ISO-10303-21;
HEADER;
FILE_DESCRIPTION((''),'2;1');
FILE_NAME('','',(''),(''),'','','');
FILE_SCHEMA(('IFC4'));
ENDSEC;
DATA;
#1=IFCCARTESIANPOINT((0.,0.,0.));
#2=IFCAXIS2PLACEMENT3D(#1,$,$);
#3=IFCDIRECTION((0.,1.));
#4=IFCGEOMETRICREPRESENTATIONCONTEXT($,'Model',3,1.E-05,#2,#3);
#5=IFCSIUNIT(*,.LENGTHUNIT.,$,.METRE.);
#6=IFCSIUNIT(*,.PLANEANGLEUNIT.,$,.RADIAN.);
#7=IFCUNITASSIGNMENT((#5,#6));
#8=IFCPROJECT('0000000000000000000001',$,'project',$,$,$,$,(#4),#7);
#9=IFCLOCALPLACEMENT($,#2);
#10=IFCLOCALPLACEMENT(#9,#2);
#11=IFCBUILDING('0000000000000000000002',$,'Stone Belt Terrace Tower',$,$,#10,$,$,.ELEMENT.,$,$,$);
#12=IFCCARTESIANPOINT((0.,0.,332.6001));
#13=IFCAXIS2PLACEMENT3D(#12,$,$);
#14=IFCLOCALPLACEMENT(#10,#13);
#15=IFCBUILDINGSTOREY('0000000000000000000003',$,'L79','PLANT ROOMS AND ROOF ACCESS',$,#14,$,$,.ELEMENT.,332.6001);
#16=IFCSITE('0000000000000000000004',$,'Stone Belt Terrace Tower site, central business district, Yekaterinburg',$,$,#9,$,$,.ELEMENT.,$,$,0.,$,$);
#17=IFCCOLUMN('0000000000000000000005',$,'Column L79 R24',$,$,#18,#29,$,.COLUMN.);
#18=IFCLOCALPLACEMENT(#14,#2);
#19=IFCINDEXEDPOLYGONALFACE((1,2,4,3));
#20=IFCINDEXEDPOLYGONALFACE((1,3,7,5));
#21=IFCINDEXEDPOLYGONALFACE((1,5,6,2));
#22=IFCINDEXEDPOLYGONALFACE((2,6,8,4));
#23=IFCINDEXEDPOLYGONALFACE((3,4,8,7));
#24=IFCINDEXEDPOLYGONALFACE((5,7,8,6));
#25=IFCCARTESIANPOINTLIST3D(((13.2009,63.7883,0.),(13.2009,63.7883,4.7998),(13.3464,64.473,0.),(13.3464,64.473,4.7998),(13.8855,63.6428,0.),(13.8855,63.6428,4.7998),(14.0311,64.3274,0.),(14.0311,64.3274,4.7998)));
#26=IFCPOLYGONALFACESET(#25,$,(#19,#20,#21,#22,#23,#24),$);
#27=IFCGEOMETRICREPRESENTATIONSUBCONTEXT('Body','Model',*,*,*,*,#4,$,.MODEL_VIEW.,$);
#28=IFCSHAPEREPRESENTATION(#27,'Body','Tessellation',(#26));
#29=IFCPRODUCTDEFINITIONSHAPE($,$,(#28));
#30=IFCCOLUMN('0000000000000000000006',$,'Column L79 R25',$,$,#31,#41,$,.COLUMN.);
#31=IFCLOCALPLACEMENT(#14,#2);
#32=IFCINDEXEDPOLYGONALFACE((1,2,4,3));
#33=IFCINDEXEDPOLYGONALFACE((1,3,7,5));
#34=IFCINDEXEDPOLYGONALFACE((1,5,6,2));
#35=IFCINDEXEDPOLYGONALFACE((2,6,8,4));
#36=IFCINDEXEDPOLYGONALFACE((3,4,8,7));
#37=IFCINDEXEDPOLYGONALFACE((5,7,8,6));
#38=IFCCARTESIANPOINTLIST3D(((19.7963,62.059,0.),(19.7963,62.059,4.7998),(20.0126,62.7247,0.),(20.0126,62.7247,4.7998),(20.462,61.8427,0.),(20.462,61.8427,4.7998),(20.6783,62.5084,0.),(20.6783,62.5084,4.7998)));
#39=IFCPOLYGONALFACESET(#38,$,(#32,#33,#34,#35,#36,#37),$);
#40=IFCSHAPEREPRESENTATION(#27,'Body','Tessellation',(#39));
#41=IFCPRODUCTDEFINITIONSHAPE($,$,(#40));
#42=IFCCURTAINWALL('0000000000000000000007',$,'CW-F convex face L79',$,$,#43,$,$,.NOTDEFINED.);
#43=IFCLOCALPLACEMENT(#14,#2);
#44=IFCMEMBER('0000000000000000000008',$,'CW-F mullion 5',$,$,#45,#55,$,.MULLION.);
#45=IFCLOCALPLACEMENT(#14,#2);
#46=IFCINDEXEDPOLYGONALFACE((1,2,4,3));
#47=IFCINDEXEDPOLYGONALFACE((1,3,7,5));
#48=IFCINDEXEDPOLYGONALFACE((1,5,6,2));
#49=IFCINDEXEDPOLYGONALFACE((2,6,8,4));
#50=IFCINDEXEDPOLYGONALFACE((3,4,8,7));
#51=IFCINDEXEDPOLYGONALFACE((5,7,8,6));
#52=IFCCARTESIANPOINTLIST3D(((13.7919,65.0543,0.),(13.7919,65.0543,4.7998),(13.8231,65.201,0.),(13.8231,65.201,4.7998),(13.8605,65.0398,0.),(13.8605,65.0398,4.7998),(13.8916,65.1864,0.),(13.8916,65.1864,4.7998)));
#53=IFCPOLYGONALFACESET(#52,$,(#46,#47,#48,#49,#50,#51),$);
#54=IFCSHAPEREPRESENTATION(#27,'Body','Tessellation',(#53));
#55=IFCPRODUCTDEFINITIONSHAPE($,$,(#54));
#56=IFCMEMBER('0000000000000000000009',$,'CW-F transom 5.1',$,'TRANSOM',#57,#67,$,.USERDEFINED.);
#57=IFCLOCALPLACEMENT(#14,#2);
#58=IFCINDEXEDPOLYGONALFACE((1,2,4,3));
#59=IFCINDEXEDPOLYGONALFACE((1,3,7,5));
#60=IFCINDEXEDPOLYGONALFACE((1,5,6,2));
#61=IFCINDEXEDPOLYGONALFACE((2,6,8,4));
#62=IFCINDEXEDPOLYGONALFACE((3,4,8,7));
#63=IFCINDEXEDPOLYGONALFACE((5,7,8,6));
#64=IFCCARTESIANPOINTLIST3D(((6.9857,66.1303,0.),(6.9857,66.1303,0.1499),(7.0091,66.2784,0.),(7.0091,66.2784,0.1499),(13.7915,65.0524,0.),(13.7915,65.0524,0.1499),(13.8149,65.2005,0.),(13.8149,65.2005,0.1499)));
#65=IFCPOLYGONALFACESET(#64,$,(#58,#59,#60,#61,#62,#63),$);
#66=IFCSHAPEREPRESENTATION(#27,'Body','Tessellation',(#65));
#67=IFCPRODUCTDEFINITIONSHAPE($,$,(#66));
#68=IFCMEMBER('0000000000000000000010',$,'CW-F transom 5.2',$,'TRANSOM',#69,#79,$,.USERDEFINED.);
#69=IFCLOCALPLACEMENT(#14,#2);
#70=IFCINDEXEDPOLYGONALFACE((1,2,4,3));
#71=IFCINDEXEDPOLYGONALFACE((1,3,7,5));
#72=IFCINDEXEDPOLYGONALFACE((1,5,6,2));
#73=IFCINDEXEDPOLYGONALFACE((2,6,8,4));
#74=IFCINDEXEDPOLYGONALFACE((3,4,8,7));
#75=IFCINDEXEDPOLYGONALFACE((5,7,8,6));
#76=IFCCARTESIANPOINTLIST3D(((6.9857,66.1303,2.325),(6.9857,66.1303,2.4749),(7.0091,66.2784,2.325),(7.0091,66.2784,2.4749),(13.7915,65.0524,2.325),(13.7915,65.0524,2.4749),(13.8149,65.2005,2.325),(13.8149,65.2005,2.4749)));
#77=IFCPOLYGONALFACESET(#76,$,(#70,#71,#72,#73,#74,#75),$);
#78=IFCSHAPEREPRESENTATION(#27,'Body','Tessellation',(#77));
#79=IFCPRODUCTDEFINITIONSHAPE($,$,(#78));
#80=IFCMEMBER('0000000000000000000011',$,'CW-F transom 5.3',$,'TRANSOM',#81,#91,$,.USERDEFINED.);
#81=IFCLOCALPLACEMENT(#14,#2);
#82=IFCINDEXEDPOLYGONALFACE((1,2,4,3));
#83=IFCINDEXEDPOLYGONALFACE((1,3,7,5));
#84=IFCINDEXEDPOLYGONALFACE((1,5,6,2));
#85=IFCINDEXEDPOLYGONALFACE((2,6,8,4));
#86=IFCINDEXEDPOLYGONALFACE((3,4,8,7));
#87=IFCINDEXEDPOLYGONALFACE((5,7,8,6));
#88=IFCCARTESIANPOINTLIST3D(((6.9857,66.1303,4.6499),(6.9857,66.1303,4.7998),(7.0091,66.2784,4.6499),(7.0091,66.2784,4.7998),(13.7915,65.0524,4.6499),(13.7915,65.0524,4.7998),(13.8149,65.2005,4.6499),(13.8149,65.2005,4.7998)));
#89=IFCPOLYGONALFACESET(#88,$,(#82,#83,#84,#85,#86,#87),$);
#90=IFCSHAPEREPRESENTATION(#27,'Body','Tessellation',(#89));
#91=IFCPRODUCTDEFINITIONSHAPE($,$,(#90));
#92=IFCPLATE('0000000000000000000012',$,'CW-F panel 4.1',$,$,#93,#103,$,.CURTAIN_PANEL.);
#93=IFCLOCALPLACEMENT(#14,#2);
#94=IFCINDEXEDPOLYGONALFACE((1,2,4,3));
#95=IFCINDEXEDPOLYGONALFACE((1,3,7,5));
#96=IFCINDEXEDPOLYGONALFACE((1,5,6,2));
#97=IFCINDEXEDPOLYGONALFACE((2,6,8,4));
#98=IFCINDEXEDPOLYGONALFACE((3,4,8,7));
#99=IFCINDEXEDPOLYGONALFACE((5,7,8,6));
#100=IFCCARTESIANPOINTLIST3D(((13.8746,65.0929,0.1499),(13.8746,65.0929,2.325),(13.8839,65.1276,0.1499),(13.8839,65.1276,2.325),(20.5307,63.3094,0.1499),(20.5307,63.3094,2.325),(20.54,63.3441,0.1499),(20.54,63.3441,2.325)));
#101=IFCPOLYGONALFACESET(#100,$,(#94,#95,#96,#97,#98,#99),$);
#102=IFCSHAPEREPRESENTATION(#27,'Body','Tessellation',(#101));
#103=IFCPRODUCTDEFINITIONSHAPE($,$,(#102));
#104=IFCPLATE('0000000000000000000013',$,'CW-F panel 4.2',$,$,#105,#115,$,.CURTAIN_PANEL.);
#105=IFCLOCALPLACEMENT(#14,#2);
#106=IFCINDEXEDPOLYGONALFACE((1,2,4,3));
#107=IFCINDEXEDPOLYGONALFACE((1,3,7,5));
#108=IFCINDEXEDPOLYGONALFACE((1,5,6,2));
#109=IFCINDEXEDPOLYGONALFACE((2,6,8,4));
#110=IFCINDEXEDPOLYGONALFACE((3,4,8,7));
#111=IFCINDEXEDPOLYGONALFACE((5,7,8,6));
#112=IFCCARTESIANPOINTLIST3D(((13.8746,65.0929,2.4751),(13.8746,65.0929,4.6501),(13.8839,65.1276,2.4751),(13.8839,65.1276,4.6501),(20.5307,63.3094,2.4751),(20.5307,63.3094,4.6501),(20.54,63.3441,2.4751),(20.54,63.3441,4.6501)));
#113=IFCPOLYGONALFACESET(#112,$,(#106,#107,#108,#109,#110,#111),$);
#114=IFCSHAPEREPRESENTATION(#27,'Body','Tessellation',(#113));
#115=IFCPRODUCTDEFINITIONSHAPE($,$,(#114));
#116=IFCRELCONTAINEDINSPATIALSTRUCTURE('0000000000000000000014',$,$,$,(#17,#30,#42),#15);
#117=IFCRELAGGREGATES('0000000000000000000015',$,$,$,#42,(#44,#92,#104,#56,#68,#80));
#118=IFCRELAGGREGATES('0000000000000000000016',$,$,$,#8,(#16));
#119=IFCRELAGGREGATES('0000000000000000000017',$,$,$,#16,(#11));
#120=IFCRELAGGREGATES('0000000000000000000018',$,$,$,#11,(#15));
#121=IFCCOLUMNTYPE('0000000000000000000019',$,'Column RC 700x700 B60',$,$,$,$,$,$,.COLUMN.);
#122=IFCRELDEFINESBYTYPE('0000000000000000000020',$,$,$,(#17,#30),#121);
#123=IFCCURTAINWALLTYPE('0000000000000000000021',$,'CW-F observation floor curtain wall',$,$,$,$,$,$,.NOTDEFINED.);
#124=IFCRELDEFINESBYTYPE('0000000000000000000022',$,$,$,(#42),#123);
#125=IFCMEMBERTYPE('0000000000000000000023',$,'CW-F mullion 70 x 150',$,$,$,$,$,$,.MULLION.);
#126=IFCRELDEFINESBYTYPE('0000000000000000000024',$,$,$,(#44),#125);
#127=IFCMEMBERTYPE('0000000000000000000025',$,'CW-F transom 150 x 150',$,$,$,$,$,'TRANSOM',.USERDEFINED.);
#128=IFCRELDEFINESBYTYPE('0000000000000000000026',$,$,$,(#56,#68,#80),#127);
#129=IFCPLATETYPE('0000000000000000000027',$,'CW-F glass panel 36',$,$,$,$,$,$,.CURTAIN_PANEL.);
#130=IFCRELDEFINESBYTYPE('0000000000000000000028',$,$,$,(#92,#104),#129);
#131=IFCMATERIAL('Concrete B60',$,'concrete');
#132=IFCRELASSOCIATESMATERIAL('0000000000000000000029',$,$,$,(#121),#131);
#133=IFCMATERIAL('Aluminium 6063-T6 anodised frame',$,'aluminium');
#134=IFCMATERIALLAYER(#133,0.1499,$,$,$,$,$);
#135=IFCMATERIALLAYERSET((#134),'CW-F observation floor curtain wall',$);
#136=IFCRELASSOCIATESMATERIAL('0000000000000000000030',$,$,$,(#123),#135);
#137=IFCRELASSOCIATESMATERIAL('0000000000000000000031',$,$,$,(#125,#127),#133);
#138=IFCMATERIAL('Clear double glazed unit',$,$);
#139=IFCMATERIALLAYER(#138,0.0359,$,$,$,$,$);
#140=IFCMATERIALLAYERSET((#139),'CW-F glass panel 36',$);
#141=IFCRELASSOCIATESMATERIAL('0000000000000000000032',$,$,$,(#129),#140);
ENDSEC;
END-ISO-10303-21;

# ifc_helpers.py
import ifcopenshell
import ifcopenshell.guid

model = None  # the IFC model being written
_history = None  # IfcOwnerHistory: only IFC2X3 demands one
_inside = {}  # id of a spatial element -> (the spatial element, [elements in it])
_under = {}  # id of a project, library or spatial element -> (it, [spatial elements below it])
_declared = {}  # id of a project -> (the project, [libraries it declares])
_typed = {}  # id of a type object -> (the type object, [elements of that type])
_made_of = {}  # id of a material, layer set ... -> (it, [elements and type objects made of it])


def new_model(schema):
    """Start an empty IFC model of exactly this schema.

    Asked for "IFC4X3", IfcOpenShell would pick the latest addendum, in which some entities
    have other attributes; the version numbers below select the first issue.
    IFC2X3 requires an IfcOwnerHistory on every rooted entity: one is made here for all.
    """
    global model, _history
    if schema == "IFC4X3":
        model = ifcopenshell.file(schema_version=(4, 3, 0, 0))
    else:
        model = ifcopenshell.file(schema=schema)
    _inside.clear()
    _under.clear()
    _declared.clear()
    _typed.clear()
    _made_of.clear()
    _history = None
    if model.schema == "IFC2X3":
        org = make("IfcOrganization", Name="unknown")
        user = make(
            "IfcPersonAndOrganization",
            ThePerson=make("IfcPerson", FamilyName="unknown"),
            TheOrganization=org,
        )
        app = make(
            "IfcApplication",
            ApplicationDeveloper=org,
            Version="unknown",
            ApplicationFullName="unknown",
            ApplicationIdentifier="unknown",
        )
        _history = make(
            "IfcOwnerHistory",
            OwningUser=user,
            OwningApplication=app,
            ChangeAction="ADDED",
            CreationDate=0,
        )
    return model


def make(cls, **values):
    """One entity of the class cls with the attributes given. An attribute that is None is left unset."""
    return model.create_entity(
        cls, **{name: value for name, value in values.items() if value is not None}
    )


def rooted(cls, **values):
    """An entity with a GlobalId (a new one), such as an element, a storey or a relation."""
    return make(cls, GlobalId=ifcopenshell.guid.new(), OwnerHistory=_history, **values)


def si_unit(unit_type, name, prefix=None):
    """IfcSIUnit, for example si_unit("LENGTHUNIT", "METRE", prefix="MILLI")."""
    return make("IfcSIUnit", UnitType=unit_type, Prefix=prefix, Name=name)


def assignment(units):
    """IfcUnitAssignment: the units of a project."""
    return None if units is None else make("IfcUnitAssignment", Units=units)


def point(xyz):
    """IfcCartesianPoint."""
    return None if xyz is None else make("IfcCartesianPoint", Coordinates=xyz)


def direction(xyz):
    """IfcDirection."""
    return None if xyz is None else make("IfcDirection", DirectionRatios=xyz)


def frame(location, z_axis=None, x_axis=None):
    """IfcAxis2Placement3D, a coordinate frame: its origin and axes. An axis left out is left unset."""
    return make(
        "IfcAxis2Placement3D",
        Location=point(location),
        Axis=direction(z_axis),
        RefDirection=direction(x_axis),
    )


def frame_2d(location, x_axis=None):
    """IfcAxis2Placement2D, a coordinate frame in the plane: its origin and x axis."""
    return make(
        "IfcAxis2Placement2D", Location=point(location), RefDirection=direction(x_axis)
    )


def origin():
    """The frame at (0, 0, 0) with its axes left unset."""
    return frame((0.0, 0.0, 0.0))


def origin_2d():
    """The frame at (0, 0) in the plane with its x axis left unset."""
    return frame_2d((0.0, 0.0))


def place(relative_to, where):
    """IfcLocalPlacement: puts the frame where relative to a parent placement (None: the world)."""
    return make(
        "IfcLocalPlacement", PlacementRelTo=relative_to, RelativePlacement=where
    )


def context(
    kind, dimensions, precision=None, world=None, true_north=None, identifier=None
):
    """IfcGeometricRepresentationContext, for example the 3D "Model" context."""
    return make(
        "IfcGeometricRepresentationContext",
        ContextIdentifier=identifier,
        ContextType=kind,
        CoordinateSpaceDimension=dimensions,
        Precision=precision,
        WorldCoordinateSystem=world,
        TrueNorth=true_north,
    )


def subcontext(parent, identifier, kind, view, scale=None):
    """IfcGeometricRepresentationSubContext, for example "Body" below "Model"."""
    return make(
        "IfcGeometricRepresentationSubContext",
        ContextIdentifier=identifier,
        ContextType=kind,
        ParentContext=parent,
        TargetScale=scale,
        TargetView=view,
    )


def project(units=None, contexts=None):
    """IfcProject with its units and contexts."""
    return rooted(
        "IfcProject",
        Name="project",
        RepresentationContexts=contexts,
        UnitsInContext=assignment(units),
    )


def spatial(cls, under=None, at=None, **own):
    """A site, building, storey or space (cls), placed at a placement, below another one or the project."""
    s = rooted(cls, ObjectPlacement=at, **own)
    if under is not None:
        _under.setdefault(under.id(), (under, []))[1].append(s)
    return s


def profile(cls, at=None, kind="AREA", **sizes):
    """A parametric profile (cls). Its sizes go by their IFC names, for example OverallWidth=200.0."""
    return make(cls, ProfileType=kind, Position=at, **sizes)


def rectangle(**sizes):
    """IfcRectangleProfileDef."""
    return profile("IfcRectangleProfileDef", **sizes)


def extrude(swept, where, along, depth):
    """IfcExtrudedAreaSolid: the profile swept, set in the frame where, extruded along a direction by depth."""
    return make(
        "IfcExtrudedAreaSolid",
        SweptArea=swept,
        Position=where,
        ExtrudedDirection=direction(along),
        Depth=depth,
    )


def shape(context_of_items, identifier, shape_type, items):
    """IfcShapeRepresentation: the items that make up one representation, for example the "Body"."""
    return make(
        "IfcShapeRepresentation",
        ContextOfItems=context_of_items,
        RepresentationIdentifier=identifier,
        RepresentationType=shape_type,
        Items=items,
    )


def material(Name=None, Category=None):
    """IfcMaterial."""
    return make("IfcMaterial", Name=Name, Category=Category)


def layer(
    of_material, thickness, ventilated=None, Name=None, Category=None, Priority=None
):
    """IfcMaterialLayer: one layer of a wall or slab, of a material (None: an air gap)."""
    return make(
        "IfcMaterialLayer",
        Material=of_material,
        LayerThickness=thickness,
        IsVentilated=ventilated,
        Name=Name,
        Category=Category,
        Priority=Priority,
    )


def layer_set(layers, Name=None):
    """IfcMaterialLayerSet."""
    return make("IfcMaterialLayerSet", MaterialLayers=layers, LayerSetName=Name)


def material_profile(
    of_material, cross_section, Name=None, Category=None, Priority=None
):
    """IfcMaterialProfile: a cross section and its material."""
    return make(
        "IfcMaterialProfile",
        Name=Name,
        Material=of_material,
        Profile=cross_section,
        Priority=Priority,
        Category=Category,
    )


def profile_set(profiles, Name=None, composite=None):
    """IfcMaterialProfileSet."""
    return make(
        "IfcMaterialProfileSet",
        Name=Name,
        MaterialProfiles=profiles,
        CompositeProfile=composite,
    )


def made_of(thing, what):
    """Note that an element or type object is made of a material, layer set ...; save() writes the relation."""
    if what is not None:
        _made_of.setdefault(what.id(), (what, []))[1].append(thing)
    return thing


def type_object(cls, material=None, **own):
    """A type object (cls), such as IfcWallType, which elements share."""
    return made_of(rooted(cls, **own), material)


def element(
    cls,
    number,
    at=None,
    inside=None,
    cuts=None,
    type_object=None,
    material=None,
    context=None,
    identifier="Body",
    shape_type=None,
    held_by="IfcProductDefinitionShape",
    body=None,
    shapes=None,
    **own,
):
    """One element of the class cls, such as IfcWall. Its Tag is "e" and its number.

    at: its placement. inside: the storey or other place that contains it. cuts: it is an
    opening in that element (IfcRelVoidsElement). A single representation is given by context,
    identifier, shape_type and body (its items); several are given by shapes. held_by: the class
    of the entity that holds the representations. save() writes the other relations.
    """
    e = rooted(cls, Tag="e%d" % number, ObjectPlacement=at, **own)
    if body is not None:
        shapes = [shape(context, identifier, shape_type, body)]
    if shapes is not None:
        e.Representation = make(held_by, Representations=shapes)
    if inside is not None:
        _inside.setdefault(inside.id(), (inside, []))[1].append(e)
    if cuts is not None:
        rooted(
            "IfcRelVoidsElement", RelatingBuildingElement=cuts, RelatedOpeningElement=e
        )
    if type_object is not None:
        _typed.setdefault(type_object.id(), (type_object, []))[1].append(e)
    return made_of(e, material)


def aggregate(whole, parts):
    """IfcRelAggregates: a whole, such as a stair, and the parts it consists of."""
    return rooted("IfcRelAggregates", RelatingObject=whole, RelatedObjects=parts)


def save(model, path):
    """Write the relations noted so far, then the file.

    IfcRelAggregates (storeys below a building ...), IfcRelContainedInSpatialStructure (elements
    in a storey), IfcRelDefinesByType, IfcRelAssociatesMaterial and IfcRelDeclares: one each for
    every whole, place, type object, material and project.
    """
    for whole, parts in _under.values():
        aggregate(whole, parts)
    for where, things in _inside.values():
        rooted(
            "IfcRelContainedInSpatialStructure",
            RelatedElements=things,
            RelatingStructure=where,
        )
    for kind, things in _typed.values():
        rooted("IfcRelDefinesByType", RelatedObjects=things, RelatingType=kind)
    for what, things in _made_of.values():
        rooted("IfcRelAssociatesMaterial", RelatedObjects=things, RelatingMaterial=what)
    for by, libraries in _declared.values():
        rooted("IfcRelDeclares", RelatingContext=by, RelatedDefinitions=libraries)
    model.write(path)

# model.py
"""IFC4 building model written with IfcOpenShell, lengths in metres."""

from ifc_helpers import new_model, si_unit, direction, frame, origin, origin_2d, place, context, subcontext, project, spatial, rectangle, extrude, material, layer, layer_set, material_profile, profile_set, type_object, element, aggregate, save


model = new_model("IFC4")

# Units and contexts
model_context = context("Model", 3, precision=1e-05, world=origin(), true_north=direction((0.0, 1.0)))
body_context = subcontext(model_context, "Body", "Model", "MODEL_VIEW")
ifc_project = project(units=[si_unit("LENGTHUNIT", "METRE"), si_unit("PLANEANGLEUNIT", "RADIAN")], contexts=[model_context])

# Site, building, storey
site_placement = place(None, origin())
site = spatial("IfcSite", under=ifc_project, at=site_placement, Name="Stone Belt Terrace Tower site, central business district, Yekaterinburg", CompositionType="ELEMENT", RefElevation=0.0)
building_placement = place(site_placement, origin())
building = spatial("IfcBuilding", under=site, at=building_placement, Name="Stone Belt Terrace Tower", CompositionType="ELEMENT")
storey_placement = place(building_placement, frame((0.0, 0.0, 332.6001)))
storey = spatial("IfcBuildingStorey", under=building, at=storey_placement, Name="L79", Description="PLANT ROOMS AND ROOF ACCESS", CompositionType="ELEMENT", Elevation=332.6001)

# Columns
ifc_material_1 = material(Name="Concrete B60", Category="concrete")
ifc_material_profile_1 = material_profile(ifc_material_1, rectangle(XDim=0.7, YDim=0.7, at=origin_2d()), Name="RC 700x700")
ifc_profile_set_1 = profile_set([ifc_material_profile_1], Name="Concrete B60")
column_type = type_object("IfcColumnType", Name="Column RC 700x700 B60", PredefinedType="COLUMN", material=ifc_profile_set_1)
for number, where, z_axis, x_axis, name in (
    (1, (13.616, 64.0579, 0.0), (0.0, 0.0, 1.0), (0.978148, -0.207912, 0.0), "Column L79 R24"),
    (2, (20.2373, 62.2837, 0.0), (0.0, 0.0, 1.0), (0.951057, -0.309017, 0.0), "Column L79 R25"),
):
    element("IfcColumn", number, at=place(storey_placement, frame(where, z_axis=z_axis, x_axis=x_axis)), inside=storey, type_object=column_type, Name=name, PredefinedType="COLUMN", context=body_context, shape_type="SweptSolid", body=[
        extrude(rectangle(XDim=0.7, YDim=0.7, at=origin_2d()), origin(), (0.0, 0.0, 1.0), 4.7998),
    ])

# Curtain wall, members, plates
ifc_material_2 = material(Name="Aluminium 6063-T6 anodised frame", Category="aluminium")
ifc_layer_1 = layer(ifc_material_2, 0.1499)
ifc_layer_set_1 = layer_set([ifc_layer_1], Name="CW-F observation floor curtain wall")
curtain_wall_type = type_object("IfcCurtainWallType", Name="CW-F observation floor curtain wall", PredefinedType="NOTDEFINED", material=ifc_layer_set_1)
curtain_wall_placement = place(storey_placement, origin())
curtain_wall = element("IfcCurtainWall", 3, at=curtain_wall_placement, inside=storey, type_object=curtain_wall_type, Name="CW-F convex face L79", PredefinedType="NOTDEFINED")
ifc_material_profile_2 = material_profile(ifc_material_2, rectangle(XDim=0.1499, YDim=0.0701, at=origin_2d()), Name="Aluminium 6063-T6 70x150")
ifc_profile_set_2 = profile_set([ifc_material_profile_2], Name="Aluminium 6063-T6 anodised frame")
member_type_1 = type_object("IfcMemberType", Name="CW-F mullion 70 x 150", PredefinedType="MULLION", material=ifc_profile_set_2)
member_1_placement = place(storey_placement, frame((13.8418, 65.1204, 0.0), z_axis=(0.0, 0.0, 1.0), x_axis=(-0.207912, -0.978148, 0.0)))
member_1 = element("IfcMember", 4, at=member_1_placement, type_object=member_type_1, Name="CW-F mullion 5", PredefinedType="MULLION", context=body_context, shape_type="SweptSolid", body=[
    extrude(rectangle(XDim=0.1499, YDim=0.0701, at=origin_2d()), origin(), (0.0, 0.0, 1.0), 4.7998),
])
ifc_material_profile_3 = material_profile(ifc_material_2, rectangle(XDim=0.1499, YDim=0.1499, at=origin_2d()), Name="Aluminium 6063-T6 150x150")
ifc_profile_set_3 = profile_set([ifc_material_profile_3], Name="Aluminium 6063-T6 anodised frame")
member_type_2 = type_object("IfcMemberType", Name="CW-F transom 150 x 150", ElementType="TRANSOM", PredefinedType="USERDEFINED", material=ifc_profile_set_3)
member_2_placement = place(storey_placement, frame((13.8032, 65.1265, 0.075), z_axis=(-0.98769, 0.156425, 0.0), x_axis=(-0.156425, -0.98769, 0.0)))
member_2 = element("IfcMember", 5, at=member_2_placement, type_object=member_type_2, Name="CW-F transom 5.1", ObjectType="TRANSOM", PredefinedType="USERDEFINED", context=body_context, shape_type="SweptSolid", body=[
    extrude(rectangle(XDim=0.1499, YDim=0.1499, at=origin_2d()), origin(), (0.0, 0.0, 1.0), 6.8906),
])
member_3_placement = place(storey_placement, frame((13.8032, 65.1265, 2.3999), z_axis=(-0.98769, 0.156425, 0.0), x_axis=(-0.156425, -0.98769, 0.0)))
member_3 = element("IfcMember", 6, at=member_3_placement, type_object=member_type_2, Name="CW-F transom 5.2", ObjectType="TRANSOM", PredefinedType="USERDEFINED", context=body_context, shape_type="SweptSolid", body=[
    extrude(rectangle(XDim=0.1499, YDim=0.1499, at=origin_2d()), origin(), (0.0, 0.0, 1.0), 6.8906),
])
member_4_placement = place(storey_placement, frame((13.8032, 65.1265, 4.7249), z_axis=(-0.98769, 0.156425, 0.0), x_axis=(-0.156425, -0.98769, 0.0)))
member_4 = element("IfcMember", 7, at=member_4_placement, type_object=member_type_2, Name="CW-F transom 5.3", ObjectType="TRANSOM", PredefinedType="USERDEFINED", context=body_context, shape_type="SweptSolid", body=[
    extrude(rectangle(XDim=0.1499, YDim=0.1499, at=origin_2d()), origin(), (0.0, 0.0, 1.0), 6.8906),
])
ifc_material_3 = material(Name="Clear double glazed unit")
ifc_layer_2 = layer(ifc_material_3, 0.0359)
ifc_layer_set_2 = layer_set([ifc_layer_2], Name="CW-F glass panel 36")
plate_type = type_object("IfcPlateType", Name="CW-F glass panel 36", PredefinedType="CURTAIN_PANEL", material=ifc_layer_set_2)
plate_1_placement = place(storey_placement, frame((17.2073, 64.2185, 0.1499), z_axis=(0.0, 0.0, 1.0), x_axis=(-0.965926, 0.258819, 0.0)))
plate_1 = element("IfcPlate", 8, at=plate_1_placement, type_object=plate_type, Name="CW-F panel 4.1", PredefinedType="CURTAIN_PANEL", context=body_context, shape_type="SweptSolid", body=[
    extrude(rectangle(XDim=6.8909, YDim=0.0359, at=origin_2d()), origin(), (0.0, 0.0, 1.0), 2.175),
])
plate_2_placement = place(storey_placement, frame((17.2073, 64.2185, 2.4751), z_axis=(0.0, 0.0, 1.0), x_axis=(-0.965926, 0.258819, 0.0)))
plate_2 = element("IfcPlate", 9, at=plate_2_placement, type_object=plate_type, Name="CW-F panel 4.2", PredefinedType="CURTAIN_PANEL", context=body_context, shape_type="SweptSolid", body=[
    extrude(rectangle(XDim=6.8909, YDim=0.0359, at=origin_2d()), origin(), (0.0, 0.0, 1.0), 2.175),
])
aggregate(curtain_wall, [member_1, plate_1, plate_2, member_2, member_3, member_4])

save(model, "model.ifc")
